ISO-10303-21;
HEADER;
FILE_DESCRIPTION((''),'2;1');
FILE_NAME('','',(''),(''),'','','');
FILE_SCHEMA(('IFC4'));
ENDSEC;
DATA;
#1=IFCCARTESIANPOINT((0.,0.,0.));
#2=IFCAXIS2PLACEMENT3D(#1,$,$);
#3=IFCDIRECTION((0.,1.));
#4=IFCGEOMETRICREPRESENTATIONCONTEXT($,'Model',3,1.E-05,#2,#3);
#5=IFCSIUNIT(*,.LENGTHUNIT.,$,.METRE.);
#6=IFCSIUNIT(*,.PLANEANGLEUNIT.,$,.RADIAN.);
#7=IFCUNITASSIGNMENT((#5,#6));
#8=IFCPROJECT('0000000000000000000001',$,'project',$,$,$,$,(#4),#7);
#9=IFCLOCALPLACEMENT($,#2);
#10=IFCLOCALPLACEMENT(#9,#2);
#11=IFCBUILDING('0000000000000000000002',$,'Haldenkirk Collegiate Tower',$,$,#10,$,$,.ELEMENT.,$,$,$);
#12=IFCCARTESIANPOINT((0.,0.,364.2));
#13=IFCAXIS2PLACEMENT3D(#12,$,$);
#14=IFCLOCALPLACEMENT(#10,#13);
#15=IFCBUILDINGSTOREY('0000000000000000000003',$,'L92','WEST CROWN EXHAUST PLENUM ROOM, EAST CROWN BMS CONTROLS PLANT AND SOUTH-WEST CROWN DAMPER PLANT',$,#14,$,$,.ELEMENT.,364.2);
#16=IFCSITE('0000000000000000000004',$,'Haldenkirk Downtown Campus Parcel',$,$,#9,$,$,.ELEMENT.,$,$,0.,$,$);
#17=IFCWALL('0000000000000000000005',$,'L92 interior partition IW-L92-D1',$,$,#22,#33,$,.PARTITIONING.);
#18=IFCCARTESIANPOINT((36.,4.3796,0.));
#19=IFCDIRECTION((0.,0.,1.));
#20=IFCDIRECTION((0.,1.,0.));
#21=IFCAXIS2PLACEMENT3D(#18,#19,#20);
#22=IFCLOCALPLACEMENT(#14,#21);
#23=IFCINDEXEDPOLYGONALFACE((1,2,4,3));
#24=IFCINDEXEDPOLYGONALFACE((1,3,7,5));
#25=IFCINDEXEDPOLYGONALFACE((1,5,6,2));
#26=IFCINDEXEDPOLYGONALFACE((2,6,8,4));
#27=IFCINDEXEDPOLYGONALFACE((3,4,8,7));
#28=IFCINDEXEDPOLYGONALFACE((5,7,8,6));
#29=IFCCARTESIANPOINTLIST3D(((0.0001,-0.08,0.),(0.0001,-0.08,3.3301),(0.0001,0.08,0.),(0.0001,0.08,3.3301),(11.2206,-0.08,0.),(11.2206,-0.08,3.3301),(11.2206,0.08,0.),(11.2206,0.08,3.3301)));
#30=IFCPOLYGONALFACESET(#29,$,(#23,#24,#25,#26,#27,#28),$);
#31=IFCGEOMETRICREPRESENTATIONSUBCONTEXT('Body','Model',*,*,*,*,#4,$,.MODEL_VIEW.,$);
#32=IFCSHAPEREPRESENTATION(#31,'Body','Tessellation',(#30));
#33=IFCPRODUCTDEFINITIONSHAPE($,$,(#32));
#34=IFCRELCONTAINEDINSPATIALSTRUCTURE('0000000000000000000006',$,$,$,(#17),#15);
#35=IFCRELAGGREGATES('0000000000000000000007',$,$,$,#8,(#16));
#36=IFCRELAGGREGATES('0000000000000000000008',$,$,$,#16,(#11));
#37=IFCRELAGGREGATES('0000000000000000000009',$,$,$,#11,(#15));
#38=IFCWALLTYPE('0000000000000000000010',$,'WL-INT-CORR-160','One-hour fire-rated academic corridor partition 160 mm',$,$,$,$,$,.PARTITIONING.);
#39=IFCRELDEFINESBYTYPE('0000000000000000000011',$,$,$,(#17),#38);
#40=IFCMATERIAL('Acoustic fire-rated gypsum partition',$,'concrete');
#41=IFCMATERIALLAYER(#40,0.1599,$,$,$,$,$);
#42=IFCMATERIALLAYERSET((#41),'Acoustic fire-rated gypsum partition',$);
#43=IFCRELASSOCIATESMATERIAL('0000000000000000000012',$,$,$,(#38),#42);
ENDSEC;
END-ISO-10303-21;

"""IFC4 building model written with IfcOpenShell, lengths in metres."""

from ifc_helpers import new_model, si_unit, direction, frame, frame_2d, origin, place, context, subcontext, project, spatial, rectangle, extrude, material, layer, layer_set, type_object, element, save


model = new_model("IFC4")

# Units and contexts
model_context = context("Model", 3, precision=1e-05, world=origin(), true_north=direction((0.0, 1.0)))
body_context = subcontext(model_context, "Body", "Model", "MODEL_VIEW")
ifc_project = project(units=[si_unit("LENGTHUNIT", "METRE"), si_unit("PLANEANGLEUNIT", "RADIAN")], contexts=[model_context])

# Site, building, storey
site_placement = place(None, origin())
site = spatial("IfcSite", under=ifc_project, at=site_placement, Name="Haldenkirk Downtown Campus Parcel", CompositionType="ELEMENT", RefElevation=0.0)
building_placement = place(site_placement, origin())
building = spatial("IfcBuilding", under=site, at=building_placement, Name="Haldenkirk Collegiate Tower", CompositionType="ELEMENT")
storey_placement = place(building_placement, frame((0.0, 0.0, 364.2)))
storey = spatial("IfcBuildingStorey", under=building, at=storey_placement, Name="L92", Description="WEST CROWN EXHAUST PLENUM ROOM, EAST CROWN BMS CONTROLS PLANT AND SOUTH-WEST CROWN DAMPER PLANT", CompositionType="ELEMENT", Elevation=364.2)

# Wall
ifc_material_1 = material(Name="Acoustic fire-rated gypsum partition", Category="concrete")
ifc_layer_1 = layer(ifc_material_1, 0.1599)
ifc_layer_set_1 = layer_set([ifc_layer_1], Name="Acoustic fire-rated gypsum partition")
wall_type_1 = type_object("IfcWallType", Name="WL-INT-CORR-160", Description="One-hour fire-rated academic corridor partition 160 mm", PredefinedType="PARTITIONING", material=ifc_layer_set_1)
wall_1_placement = place(storey_placement, frame((36.0, 4.3796, 0.0), z_axis=(0.0, 0.0, 1.0), x_axis=(0.0, 1.0, 0.0)))
element("IfcWall", 1, at=wall_1_placement, inside=storey, type_object=wall_type_1, Name="L92 interior partition IW-L92-D1", PredefinedType="PARTITIONING", context=body_context, shape_type="SweptSolid", body=[
    extrude(rectangle(XDim=11.2205, YDim=0.1599, at=frame_2d((5.6104, 0.0))), origin(), (0.0, 0.0, 1.0), 3.3301),
])

save(model, "model.ifc")
